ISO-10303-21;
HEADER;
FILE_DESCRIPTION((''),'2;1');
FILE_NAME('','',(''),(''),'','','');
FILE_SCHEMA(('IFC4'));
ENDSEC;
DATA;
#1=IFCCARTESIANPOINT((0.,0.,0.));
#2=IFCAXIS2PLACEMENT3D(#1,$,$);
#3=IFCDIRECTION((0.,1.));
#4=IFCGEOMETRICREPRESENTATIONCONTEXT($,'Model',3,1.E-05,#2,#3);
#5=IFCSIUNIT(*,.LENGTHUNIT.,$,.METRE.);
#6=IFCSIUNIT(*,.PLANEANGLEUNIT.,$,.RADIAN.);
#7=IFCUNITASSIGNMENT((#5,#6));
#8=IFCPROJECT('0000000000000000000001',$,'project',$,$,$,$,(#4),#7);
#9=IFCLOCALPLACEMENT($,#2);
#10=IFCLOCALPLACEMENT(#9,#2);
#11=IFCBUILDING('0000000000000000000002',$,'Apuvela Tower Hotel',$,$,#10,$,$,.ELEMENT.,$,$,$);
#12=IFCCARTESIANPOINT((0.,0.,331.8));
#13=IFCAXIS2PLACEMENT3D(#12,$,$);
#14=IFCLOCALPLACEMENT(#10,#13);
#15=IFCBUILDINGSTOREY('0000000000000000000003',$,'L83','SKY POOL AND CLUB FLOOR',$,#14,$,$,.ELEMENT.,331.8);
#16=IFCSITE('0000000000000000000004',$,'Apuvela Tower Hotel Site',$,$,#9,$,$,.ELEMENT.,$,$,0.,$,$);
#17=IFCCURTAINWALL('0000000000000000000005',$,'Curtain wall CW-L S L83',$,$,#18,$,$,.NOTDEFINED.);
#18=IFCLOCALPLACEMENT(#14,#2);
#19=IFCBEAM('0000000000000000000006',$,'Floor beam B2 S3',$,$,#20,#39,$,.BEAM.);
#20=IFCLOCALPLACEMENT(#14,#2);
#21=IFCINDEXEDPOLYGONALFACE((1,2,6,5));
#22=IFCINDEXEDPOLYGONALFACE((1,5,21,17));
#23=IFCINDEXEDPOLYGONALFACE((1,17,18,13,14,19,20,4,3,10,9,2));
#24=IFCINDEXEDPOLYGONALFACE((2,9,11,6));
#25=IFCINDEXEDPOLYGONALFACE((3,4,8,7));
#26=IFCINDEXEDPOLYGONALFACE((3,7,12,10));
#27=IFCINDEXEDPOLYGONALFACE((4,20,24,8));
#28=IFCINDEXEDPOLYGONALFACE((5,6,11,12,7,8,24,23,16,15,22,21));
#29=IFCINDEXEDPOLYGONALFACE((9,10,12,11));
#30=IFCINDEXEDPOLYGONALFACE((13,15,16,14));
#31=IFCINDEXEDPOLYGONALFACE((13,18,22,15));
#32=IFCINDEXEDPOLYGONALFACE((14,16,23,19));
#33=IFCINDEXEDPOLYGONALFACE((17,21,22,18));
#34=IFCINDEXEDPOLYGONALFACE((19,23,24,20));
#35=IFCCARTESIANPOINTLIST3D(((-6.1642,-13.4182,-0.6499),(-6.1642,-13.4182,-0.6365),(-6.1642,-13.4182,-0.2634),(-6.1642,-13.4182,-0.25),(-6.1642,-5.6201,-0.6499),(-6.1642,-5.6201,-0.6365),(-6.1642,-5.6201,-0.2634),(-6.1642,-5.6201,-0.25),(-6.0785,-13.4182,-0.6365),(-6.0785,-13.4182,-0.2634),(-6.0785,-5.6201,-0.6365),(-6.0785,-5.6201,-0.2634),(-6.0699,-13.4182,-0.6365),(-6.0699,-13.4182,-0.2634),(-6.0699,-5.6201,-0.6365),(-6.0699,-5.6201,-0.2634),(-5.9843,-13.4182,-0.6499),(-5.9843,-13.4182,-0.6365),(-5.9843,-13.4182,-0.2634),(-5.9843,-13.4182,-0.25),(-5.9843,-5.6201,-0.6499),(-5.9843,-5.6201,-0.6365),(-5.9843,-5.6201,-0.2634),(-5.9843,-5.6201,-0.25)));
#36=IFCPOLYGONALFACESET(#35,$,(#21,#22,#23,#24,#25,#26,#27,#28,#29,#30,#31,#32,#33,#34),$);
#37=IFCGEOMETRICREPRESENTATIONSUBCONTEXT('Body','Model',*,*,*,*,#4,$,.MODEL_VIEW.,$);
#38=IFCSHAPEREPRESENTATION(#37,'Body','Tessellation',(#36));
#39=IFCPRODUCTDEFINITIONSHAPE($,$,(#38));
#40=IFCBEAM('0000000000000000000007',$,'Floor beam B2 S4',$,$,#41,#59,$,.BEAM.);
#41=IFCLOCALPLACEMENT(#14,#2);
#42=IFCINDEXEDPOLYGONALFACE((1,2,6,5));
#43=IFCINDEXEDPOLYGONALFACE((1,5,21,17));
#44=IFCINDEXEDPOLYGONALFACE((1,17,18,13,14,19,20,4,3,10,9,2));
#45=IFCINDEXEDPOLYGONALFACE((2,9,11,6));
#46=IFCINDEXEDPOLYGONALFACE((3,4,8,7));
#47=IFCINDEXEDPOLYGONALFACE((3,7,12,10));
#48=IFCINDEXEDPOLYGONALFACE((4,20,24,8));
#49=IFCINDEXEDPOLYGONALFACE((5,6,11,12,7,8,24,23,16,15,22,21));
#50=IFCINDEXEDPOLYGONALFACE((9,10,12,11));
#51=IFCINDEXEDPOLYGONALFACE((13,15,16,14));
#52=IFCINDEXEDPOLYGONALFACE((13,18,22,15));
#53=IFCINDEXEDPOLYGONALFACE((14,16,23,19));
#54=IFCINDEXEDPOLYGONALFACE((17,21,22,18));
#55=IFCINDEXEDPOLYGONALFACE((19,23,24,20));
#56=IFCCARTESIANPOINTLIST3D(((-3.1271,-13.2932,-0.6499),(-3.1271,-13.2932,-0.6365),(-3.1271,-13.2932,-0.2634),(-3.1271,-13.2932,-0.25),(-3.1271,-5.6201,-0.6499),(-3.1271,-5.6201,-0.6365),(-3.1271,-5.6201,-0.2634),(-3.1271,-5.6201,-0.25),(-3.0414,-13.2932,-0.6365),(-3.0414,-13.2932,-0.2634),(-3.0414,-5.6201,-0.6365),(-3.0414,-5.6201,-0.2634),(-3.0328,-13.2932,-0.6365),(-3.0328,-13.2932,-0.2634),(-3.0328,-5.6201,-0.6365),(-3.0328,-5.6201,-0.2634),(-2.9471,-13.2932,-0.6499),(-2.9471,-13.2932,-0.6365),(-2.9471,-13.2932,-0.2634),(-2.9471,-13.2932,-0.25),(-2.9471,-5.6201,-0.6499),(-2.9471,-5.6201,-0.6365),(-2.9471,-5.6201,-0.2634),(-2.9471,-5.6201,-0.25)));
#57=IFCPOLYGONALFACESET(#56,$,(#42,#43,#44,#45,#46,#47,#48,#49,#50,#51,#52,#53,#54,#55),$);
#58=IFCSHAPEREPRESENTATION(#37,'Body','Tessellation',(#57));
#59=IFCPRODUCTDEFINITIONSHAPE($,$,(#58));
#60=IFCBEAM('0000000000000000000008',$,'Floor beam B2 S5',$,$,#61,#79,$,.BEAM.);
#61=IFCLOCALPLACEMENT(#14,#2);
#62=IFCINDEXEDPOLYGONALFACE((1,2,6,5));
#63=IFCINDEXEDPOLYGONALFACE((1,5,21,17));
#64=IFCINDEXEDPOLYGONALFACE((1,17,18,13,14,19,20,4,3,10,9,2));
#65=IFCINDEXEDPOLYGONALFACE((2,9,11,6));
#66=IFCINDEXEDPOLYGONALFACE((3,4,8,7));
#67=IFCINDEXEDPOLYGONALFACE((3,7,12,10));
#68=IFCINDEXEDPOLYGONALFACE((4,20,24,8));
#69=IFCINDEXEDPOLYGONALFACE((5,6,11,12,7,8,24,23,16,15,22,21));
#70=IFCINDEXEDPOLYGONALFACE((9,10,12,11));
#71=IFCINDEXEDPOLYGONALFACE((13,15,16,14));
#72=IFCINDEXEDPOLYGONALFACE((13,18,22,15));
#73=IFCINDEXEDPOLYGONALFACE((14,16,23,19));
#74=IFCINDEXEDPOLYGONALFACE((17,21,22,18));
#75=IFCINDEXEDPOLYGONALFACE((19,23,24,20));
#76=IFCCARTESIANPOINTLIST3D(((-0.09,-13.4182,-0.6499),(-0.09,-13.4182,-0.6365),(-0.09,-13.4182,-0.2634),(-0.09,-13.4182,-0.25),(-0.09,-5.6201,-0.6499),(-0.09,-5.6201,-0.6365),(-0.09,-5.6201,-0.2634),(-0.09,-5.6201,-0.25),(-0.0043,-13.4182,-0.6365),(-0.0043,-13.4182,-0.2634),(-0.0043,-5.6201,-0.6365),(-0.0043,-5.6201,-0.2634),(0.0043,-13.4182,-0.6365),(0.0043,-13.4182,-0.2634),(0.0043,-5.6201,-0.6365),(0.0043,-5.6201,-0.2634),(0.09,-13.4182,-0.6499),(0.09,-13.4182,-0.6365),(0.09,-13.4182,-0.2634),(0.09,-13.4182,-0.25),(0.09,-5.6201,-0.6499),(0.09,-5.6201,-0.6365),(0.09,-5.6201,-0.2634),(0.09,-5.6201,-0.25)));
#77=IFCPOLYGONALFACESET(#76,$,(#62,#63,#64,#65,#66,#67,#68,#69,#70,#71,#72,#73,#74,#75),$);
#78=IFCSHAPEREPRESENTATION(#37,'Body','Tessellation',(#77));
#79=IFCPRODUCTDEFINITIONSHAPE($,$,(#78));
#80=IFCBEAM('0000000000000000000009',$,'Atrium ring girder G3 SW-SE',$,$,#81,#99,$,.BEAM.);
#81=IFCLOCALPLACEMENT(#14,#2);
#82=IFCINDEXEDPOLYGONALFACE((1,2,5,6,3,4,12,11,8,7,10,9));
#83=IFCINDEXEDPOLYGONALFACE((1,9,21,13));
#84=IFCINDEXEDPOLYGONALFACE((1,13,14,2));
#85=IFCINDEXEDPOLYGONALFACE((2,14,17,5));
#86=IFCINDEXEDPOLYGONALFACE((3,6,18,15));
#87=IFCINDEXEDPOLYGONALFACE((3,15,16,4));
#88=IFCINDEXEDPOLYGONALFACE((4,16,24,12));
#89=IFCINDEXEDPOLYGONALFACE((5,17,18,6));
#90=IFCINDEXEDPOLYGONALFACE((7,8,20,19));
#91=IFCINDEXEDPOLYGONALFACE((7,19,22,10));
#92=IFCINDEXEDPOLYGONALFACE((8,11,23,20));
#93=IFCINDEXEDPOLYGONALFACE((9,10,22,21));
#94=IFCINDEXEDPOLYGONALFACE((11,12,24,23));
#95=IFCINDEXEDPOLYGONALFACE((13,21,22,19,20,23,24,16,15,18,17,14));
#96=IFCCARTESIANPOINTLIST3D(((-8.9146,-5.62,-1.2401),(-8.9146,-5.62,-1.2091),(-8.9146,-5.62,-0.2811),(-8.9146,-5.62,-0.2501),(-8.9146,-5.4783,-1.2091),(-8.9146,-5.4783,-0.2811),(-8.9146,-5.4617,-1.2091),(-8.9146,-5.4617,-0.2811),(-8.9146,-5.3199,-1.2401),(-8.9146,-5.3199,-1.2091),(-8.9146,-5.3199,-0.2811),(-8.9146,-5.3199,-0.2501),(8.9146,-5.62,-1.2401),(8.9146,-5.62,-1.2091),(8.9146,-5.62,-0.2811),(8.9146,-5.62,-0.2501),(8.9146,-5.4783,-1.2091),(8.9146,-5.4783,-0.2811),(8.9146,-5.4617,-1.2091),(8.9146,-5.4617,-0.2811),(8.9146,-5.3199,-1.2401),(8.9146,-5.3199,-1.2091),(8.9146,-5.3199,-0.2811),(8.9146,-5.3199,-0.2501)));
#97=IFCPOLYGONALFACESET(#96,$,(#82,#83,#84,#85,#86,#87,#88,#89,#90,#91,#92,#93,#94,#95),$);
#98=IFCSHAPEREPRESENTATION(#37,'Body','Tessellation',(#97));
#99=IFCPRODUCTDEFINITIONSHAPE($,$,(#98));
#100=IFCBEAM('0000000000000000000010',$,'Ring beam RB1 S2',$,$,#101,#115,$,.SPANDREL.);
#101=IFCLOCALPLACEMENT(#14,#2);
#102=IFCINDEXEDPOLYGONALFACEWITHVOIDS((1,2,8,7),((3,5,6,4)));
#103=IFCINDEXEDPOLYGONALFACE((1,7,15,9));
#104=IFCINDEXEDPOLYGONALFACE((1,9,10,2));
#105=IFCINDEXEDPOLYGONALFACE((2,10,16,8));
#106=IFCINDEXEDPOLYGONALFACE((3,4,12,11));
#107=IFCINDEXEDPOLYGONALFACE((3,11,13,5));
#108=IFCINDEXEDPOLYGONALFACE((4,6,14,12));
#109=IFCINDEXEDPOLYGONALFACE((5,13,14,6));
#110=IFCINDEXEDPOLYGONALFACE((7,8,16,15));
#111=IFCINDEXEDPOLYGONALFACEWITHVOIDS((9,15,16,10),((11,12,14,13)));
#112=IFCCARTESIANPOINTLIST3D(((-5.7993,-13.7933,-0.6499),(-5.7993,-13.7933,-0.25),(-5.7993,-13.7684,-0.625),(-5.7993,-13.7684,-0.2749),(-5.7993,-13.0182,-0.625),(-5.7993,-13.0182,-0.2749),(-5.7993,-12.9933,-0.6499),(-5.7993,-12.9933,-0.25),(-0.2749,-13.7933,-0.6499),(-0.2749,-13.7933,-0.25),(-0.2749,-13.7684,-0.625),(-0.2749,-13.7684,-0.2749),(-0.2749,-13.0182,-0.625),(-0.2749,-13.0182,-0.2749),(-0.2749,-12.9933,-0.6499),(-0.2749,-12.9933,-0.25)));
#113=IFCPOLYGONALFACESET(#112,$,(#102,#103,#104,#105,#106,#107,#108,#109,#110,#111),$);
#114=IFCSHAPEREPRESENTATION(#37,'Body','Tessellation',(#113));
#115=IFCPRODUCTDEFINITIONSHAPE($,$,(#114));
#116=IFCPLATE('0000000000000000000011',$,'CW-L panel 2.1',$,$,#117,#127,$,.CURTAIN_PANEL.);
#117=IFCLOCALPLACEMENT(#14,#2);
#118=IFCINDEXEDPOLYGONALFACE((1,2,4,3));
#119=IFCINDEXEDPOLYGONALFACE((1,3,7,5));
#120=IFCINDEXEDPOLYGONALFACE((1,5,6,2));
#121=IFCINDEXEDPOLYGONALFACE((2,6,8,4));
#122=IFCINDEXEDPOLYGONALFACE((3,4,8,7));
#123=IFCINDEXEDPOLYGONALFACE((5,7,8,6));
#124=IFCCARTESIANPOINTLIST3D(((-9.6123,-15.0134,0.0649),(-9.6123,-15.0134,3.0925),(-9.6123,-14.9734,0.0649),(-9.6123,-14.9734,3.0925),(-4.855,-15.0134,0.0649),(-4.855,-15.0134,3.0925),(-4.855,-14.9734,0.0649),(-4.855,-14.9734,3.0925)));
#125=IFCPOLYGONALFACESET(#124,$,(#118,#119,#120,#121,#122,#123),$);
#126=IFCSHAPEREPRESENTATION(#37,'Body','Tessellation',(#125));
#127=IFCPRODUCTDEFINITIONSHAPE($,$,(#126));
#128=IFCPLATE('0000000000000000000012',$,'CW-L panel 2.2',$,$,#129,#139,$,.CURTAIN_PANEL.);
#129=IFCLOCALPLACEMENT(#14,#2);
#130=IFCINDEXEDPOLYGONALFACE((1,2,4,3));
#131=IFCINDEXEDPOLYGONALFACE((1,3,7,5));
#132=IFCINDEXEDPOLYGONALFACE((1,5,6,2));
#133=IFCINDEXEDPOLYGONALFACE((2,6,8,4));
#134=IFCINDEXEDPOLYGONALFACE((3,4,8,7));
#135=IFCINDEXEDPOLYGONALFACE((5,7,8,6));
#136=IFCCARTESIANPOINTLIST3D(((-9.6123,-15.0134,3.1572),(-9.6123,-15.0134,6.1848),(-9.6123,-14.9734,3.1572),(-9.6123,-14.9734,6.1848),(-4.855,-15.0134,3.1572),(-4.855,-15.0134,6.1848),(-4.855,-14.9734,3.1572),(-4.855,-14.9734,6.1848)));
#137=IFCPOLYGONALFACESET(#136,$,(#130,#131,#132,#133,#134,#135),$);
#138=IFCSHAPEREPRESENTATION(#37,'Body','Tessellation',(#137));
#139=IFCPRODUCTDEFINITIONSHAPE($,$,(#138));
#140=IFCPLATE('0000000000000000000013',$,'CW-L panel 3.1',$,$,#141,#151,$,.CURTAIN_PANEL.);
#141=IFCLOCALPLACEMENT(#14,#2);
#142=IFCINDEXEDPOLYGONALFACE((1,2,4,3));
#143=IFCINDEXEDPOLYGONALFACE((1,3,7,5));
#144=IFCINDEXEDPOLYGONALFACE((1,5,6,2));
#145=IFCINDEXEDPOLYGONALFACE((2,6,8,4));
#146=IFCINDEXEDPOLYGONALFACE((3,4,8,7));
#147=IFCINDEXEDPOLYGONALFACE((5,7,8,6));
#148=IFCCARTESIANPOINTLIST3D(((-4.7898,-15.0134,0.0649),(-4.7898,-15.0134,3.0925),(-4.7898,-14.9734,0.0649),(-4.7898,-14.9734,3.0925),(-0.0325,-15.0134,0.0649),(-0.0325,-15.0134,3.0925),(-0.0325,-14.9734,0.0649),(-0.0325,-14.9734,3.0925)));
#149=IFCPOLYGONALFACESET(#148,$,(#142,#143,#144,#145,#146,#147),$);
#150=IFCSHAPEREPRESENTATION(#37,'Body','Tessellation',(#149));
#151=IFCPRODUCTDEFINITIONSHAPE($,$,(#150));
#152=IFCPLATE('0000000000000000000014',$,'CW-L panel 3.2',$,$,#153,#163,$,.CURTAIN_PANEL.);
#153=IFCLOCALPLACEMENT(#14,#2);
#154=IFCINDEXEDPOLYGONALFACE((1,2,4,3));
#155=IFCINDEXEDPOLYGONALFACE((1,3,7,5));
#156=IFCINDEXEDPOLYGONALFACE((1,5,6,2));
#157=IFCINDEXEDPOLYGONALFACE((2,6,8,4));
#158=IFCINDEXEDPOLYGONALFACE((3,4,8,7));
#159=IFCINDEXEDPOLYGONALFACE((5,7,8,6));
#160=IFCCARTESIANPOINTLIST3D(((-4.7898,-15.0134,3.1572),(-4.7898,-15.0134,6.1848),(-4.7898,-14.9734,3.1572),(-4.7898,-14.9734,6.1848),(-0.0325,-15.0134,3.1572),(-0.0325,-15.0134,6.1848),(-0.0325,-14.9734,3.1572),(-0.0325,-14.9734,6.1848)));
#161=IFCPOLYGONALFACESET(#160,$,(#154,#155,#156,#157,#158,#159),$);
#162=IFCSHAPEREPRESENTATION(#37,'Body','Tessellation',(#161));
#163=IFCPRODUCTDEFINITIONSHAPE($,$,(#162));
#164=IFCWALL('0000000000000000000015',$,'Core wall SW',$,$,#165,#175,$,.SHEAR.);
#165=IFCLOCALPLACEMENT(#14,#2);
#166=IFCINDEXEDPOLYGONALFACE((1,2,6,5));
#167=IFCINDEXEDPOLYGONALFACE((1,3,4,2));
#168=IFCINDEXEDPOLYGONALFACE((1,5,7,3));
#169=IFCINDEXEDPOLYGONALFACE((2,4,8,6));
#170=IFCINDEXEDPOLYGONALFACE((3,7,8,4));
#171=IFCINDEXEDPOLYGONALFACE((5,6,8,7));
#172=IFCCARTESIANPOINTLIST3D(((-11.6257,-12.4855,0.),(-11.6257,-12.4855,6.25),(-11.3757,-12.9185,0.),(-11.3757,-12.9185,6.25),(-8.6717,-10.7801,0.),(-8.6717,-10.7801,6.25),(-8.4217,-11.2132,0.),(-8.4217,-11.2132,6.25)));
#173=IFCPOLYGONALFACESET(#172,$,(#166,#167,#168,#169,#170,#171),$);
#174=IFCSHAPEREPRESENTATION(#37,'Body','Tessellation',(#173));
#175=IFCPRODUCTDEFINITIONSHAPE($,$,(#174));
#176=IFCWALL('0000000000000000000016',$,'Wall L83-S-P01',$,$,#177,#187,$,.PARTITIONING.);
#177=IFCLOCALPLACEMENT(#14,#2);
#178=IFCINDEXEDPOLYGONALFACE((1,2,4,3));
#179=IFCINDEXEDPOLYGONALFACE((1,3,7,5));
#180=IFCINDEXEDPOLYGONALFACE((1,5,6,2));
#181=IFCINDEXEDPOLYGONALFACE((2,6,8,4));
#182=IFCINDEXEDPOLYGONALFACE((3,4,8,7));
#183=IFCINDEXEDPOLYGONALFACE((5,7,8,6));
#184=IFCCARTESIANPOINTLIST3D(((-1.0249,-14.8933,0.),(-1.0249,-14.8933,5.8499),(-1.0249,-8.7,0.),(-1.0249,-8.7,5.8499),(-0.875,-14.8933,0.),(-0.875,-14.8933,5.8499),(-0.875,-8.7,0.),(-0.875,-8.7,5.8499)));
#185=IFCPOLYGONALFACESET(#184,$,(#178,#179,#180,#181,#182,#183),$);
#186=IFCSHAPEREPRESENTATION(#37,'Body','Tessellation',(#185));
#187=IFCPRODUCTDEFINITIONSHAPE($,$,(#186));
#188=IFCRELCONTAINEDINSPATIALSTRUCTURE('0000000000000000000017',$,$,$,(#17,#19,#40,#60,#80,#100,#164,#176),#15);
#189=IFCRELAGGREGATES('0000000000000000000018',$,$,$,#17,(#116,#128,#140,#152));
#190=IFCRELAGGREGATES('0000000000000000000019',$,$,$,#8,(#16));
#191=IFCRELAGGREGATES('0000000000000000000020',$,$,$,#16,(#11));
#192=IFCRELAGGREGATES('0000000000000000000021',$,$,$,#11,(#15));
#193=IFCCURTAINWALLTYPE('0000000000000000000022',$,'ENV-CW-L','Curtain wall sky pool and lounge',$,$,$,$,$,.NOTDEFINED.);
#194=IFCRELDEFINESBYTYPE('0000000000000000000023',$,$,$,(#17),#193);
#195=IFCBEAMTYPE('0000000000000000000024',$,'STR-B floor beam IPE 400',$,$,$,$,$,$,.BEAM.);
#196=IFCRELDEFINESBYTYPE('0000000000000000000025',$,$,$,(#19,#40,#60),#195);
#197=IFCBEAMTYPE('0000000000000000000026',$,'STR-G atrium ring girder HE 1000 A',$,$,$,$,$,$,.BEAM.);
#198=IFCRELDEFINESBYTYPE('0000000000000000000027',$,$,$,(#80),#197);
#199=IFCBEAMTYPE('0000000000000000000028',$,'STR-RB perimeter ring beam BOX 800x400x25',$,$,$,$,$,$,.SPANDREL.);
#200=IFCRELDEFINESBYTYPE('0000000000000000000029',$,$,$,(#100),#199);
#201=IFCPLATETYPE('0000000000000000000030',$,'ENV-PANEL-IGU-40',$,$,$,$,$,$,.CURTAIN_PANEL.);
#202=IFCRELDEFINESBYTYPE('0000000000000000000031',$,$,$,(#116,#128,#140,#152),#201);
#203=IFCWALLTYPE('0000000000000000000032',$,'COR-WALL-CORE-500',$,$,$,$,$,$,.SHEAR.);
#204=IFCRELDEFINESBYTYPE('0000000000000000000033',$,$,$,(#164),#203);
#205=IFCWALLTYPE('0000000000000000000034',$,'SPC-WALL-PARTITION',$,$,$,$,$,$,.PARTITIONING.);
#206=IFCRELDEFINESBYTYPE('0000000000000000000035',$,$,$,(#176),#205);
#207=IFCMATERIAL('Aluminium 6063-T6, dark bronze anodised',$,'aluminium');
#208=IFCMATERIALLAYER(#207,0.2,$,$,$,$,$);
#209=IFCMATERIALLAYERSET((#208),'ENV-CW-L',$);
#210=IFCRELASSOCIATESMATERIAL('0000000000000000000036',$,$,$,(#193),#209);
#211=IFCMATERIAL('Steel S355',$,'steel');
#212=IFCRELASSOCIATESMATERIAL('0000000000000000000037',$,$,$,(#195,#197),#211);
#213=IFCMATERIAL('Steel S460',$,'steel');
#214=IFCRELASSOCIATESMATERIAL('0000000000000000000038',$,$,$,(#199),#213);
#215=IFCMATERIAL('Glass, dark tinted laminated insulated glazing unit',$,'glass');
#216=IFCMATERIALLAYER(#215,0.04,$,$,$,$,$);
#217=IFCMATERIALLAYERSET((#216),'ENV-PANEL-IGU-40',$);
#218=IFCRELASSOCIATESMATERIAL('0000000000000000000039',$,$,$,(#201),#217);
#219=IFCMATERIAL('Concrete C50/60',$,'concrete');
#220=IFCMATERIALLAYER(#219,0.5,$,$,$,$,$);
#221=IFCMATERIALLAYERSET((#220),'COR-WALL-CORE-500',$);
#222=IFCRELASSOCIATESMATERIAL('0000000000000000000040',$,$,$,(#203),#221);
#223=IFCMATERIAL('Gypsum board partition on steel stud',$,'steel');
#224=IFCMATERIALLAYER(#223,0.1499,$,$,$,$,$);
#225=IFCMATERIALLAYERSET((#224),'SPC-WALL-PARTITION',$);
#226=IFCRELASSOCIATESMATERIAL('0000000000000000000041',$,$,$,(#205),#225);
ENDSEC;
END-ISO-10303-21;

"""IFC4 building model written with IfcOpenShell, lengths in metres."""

from ifc_helpers import new_model, si_unit, direction, frame, frame_2d, origin, origin_2d, place, context, subcontext, project, spatial, rectangle, hollow_rectangle, i_section, extrude, material, layer, layer_set, material_profile, profile_set, type_object, element, aggregate, save


model = new_model("IFC4")

# Units and contexts
model_context = context("Model", 3, precision=1e-05, world=origin(), true_north=direction((0.0, 1.0)))
body_context = subcontext(model_context, "Body", "Model", "MODEL_VIEW")
ifc_project = project(units=[si_unit("LENGTHUNIT", "METRE"), si_unit("PLANEANGLEUNIT", "RADIAN")], contexts=[model_context])

# Site, building, storey
site_placement = place(None, origin())
site = spatial("IfcSite", under=ifc_project, at=site_placement, Name="Apuvela Tower Hotel Site", CompositionType="ELEMENT", RefElevation=0.0)
building_placement = place(site_placement, origin())
building = spatial("IfcBuilding", under=site, at=building_placement, Name="Apuvela Tower Hotel", CompositionType="ELEMENT")
storey_placement = place(building_placement, frame((0.0, 0.0, 331.8)))
storey = spatial("IfcBuildingStorey", under=building, at=storey_placement, Name="L83", Description="SKY POOL AND CLUB FLOOR", CompositionType="ELEMENT", Elevation=331.8)

# Shared definitions
ifc_material_1 = material(Name="Steel S460", Category="steel")

# Curtain wall
ifc_material_2 = material(Name="Aluminium 6063-T6, dark bronze anodised", Category="aluminium")
ifc_layer_1 = layer(ifc_material_2, 0.2)
ifc_layer_set_1 = layer_set([ifc_layer_1], Name="ENV-CW-L")
curtain_wall_type = type_object("IfcCurtainWallType", Name="ENV-CW-L", Description="Curtain wall sky pool and lounge", PredefinedType="NOTDEFINED", material=ifc_layer_set_1)
curtain_wall_placement = place(storey_placement, origin())
curtain_wall = element("IfcCurtainWall", 1, at=curtain_wall_placement, inside=storey, type_object=curtain_wall_type, Name="Curtain wall CW-L S L83", PredefinedType="NOTDEFINED")

# Beams
ifc_material_3 = material(Name="Steel S355", Category="steel")
ifc_material_profile_1 = material_profile(ifc_material_3, i_section(OverallWidth=0.1799, OverallDepth=0.3999, WebThickness=0.0085, FlangeThickness=0.0134, at=origin_2d()), Name="IPE 400")
ifc_profile_set_1 = profile_set([ifc_material_profile_1], Name="Steel S355")
beam_type_1 = type_object("IfcBeamType", Name="STR-B floor beam IPE 400", PredefinedType="BEAM", material=ifc_profile_set_1)
beam_1_placement = place(storey_placement, frame((-6.0742, -13.4182, -0.45), z_axis=(0.0, 1.0, 0.0), x_axis=(-1.0, 0.0, 0.0)))
element("IfcBeam", 2, at=beam_1_placement, inside=storey, type_object=beam_type_1, Name="Floor beam B2 S3", PredefinedType="BEAM", context=body_context, shape_type="SweptSolid", body=[
    extrude(i_section(OverallWidth=0.1799, OverallDepth=0.3999, WebThickness=0.0085, FlangeThickness=0.0134, at=origin_2d()), origin(), (0.0, 0.0, 1.0), 7.7981),
])
beam_2_placement = place(storey_placement, frame((-3.0371, -13.2932, -0.45), z_axis=(0.0, 1.0, 0.0), x_axis=(-1.0, 0.0, 0.0)))
element("IfcBeam", 3, at=beam_2_placement, inside=storey, type_object=beam_type_1, Name="Floor beam B2 S4", PredefinedType="BEAM", context=body_context, shape_type="SweptSolid", body=[
    extrude(i_section(OverallWidth=0.1799, OverallDepth=0.3999, WebThickness=0.0085, FlangeThickness=0.0134, at=origin_2d()), origin(), (0.0, 0.0, 1.0), 7.6731),
])
beam_3_placement = place(storey_placement, frame((0.0, -13.4182, -0.45), z_axis=(0.0, 1.0, 0.0), x_axis=(-1.0, 0.0, 0.0)))
element("IfcBeam", 4, at=beam_3_placement, inside=storey, type_object=beam_type_1, Name="Floor beam B2 S5", PredefinedType="BEAM", context=body_context, shape_type="SweptSolid", body=[
    extrude(i_section(OverallWidth=0.1799, OverallDepth=0.3999, WebThickness=0.0085, FlangeThickness=0.0134, at=origin_2d()), origin(), (0.0, 0.0, 1.0), 7.7981),
])
ifc_material_profile_2 = material_profile(ifc_material_3, i_section(OverallWidth=0.3, OverallDepth=0.99, WebThickness=0.0166, FlangeThickness=0.031, at=origin_2d()), Name="HE 1000 A")
ifc_profile_set_2 = profile_set([ifc_material_profile_2], Name="Steel S355")
beam_type_2 = type_object("IfcBeamType", Name="STR-G atrium ring girder HE 1000 A", PredefinedType="BEAM", material=ifc_profile_set_2)
beam_4_placement = place(storey_placement, frame((-8.9146, -5.47, -0.7451), z_axis=(1.0, 0.0, 0.0), x_axis=(0.0, 1.0, 0.0)))
element("IfcBeam", 5, at=beam_4_placement, inside=storey, type_object=beam_type_2, Name="Atrium ring girder G3 SW-SE", PredefinedType="BEAM", context=body_context, shape_type="SweptSolid", body=[
    extrude(i_section(OverallWidth=0.3, OverallDepth=0.99, WebThickness=0.0166, FlangeThickness=0.031, at=origin_2d()), origin(), (0.0, 0.0, 1.0), 17.8291),
])
ifc_material_profile_3 = material_profile(ifc_material_1, hollow_rectangle(XDim=0.8, YDim=0.3999, WallThickness=0.0249, at=origin_2d()), Name="BOX 800x400x25")
ifc_profile_set_3 = profile_set([ifc_material_profile_3], Name="Steel S460")
beam_type_3 = type_object("IfcBeamType", Name="STR-RB perimeter ring beam BOX 800x400x25", PredefinedType="SPANDREL", material=ifc_profile_set_3)
beam_5_placement = place(storey_placement, frame((-5.7993, -13.3933, -0.45), z_axis=(1.0, 0.0, 0.0), x_axis=(0.0, 1.0, 0.0)))
element("IfcBeam", 6, at=beam_5_placement, inside=storey, type_object=beam_type_3, Name="Ring beam RB1 S2", PredefinedType="SPANDREL", context=body_context, shape_type="SweptSolid", body=[
    extrude(hollow_rectangle(XDim=0.8, YDim=0.3999, WallThickness=0.0249, at=origin_2d()), origin(), (0.0, 0.0, 1.0), 5.5244),
])

# Plates
ifc_material_4 = material(Name="Glass, dark tinted laminated insulated glazing unit", Category="glass")
ifc_layer_2 = layer(ifc_material_4, 0.04)
ifc_layer_set_2 = layer_set([ifc_layer_2], Name="ENV-PANEL-IGU-40")
plate_type = type_object("IfcPlateType", Name="ENV-PANEL-IGU-40", PredefinedType="CURTAIN_PANEL", material=ifc_layer_set_2)
plate_1_placement = place(storey_placement, frame((-7.2336, -14.9934, 0.0649), z_axis=(0.0, 0.0, 1.0), x_axis=(1.0, 0.0, 0.0)))
plate_1 = element("IfcPlate", 7, at=plate_1_placement, type_object=plate_type, Name="CW-L panel 2.1", PredefinedType="CURTAIN_PANEL", context=body_context, shape_type="SweptSolid", body=[
    extrude(rectangle(XDim=4.7573, YDim=0.04, at=origin_2d()), origin(), (0.0, 0.0, 1.0), 3.0276),
])
plate_2_placement = place(storey_placement, frame((-7.2336, -14.9934, 3.1572), z_axis=(0.0, 0.0, 1.0), x_axis=(1.0, 0.0, 0.0)))
plate_2 = element("IfcPlate", 8, at=plate_2_placement, type_object=plate_type, Name="CW-L panel 2.2", PredefinedType="CURTAIN_PANEL", context=body_context, shape_type="SweptSolid", body=[
    extrude(rectangle(XDim=4.7573, YDim=0.04, at=origin_2d()), origin(), (0.0, 0.0, 1.0), 3.0276),
])
plate_3_placement = place(storey_placement, frame((-2.4111, -14.9934, 0.0649), z_axis=(0.0, 0.0, 1.0), x_axis=(1.0, 0.0, 0.0)))
plate_3 = element("IfcPlate", 9, at=plate_3_placement, type_object=plate_type, Name="CW-L panel 3.1", PredefinedType="CURTAIN_PANEL", context=body_context, shape_type="SweptSolid", body=[
    extrude(rectangle(XDim=4.7573, YDim=0.04, at=origin_2d()), origin(), (0.0, 0.0, 1.0), 3.0276),
])
plate_4_placement = place(storey_placement, frame((-2.4111, -14.9934, 3.1572), z_axis=(0.0, 0.0, 1.0), x_axis=(1.0, 0.0, 0.0)))
plate_4 = element("IfcPlate", 10, at=plate_4_placement, type_object=plate_type, Name="CW-L panel 3.2", PredefinedType="CURTAIN_PANEL", context=body_context, shape_type="SweptSolid", body=[
    extrude(rectangle(XDim=4.7573, YDim=0.04, at=origin_2d()), origin(), (0.0, 0.0, 1.0), 3.0276),
])
aggregate(curtain_wall, [plate_1, plate_2, plate_3, plate_4])

# Walls
ifc_material_5 = material(Name="Concrete C50/60", Category="concrete")
ifc_layer_3 = layer(ifc_material_5, 0.5)
ifc_layer_set_3 = layer_set([ifc_layer_3], Name="COR-WALL-CORE-500")
wall_type_1 = type_object("IfcWallType", Name="COR-WALL-CORE-500", PredefinedType="SHEAR", material=ifc_layer_set_3)
wall_1_placement = place(storey_placement, frame((-8.5466, -10.9966, 0.0), z_axis=(0.0, 0.0, 1.0), x_axis=(-0.866037, -0.499981, 0.0)))
element("IfcWall", 11, at=wall_1_placement, inside=storey, type_object=wall_type_1, Name="Core wall SW", PredefinedType="SHEAR", context=body_context, shape_type="SweptSolid", body=[
    extrude(rectangle(XDim=3.4109, YDim=0.5, at=frame_2d((1.7056, 0.0))), origin(), (0.0, 0.0, 1.0), 6.25),
])
ifc_material_6 = material(Name="Gypsum board partition on steel stud", Category="steel")
ifc_layer_4 = layer(ifc_material_6, 0.1499)
ifc_layer_set_4 = layer_set([ifc_layer_4], Name="SPC-WALL-PARTITION")
wall_type_2 = type_object("IfcWallType", Name="SPC-WALL-PARTITION", PredefinedType="PARTITIONING", material=ifc_layer_set_4)
wall_2_placement = place(storey_placement, frame((-0.95, -14.8933, 0.0), z_axis=(0.0, 0.0, 1.0), x_axis=(0.0, 1.0, 0.0)))
element("IfcWall", 12, at=wall_2_placement, inside=storey, type_object=wall_type_2, Name="Wall L83-S-P01", PredefinedType="PARTITIONING", context=body_context, shape_type="SweptSolid", body=[
    extrude(rectangle(XDim=6.1934, YDim=0.1499, at=frame_2d((3.0967, 0.0))), origin(), (0.0, 0.0, 1.0), 5.8499),
])

save(model, "model.ifc")
